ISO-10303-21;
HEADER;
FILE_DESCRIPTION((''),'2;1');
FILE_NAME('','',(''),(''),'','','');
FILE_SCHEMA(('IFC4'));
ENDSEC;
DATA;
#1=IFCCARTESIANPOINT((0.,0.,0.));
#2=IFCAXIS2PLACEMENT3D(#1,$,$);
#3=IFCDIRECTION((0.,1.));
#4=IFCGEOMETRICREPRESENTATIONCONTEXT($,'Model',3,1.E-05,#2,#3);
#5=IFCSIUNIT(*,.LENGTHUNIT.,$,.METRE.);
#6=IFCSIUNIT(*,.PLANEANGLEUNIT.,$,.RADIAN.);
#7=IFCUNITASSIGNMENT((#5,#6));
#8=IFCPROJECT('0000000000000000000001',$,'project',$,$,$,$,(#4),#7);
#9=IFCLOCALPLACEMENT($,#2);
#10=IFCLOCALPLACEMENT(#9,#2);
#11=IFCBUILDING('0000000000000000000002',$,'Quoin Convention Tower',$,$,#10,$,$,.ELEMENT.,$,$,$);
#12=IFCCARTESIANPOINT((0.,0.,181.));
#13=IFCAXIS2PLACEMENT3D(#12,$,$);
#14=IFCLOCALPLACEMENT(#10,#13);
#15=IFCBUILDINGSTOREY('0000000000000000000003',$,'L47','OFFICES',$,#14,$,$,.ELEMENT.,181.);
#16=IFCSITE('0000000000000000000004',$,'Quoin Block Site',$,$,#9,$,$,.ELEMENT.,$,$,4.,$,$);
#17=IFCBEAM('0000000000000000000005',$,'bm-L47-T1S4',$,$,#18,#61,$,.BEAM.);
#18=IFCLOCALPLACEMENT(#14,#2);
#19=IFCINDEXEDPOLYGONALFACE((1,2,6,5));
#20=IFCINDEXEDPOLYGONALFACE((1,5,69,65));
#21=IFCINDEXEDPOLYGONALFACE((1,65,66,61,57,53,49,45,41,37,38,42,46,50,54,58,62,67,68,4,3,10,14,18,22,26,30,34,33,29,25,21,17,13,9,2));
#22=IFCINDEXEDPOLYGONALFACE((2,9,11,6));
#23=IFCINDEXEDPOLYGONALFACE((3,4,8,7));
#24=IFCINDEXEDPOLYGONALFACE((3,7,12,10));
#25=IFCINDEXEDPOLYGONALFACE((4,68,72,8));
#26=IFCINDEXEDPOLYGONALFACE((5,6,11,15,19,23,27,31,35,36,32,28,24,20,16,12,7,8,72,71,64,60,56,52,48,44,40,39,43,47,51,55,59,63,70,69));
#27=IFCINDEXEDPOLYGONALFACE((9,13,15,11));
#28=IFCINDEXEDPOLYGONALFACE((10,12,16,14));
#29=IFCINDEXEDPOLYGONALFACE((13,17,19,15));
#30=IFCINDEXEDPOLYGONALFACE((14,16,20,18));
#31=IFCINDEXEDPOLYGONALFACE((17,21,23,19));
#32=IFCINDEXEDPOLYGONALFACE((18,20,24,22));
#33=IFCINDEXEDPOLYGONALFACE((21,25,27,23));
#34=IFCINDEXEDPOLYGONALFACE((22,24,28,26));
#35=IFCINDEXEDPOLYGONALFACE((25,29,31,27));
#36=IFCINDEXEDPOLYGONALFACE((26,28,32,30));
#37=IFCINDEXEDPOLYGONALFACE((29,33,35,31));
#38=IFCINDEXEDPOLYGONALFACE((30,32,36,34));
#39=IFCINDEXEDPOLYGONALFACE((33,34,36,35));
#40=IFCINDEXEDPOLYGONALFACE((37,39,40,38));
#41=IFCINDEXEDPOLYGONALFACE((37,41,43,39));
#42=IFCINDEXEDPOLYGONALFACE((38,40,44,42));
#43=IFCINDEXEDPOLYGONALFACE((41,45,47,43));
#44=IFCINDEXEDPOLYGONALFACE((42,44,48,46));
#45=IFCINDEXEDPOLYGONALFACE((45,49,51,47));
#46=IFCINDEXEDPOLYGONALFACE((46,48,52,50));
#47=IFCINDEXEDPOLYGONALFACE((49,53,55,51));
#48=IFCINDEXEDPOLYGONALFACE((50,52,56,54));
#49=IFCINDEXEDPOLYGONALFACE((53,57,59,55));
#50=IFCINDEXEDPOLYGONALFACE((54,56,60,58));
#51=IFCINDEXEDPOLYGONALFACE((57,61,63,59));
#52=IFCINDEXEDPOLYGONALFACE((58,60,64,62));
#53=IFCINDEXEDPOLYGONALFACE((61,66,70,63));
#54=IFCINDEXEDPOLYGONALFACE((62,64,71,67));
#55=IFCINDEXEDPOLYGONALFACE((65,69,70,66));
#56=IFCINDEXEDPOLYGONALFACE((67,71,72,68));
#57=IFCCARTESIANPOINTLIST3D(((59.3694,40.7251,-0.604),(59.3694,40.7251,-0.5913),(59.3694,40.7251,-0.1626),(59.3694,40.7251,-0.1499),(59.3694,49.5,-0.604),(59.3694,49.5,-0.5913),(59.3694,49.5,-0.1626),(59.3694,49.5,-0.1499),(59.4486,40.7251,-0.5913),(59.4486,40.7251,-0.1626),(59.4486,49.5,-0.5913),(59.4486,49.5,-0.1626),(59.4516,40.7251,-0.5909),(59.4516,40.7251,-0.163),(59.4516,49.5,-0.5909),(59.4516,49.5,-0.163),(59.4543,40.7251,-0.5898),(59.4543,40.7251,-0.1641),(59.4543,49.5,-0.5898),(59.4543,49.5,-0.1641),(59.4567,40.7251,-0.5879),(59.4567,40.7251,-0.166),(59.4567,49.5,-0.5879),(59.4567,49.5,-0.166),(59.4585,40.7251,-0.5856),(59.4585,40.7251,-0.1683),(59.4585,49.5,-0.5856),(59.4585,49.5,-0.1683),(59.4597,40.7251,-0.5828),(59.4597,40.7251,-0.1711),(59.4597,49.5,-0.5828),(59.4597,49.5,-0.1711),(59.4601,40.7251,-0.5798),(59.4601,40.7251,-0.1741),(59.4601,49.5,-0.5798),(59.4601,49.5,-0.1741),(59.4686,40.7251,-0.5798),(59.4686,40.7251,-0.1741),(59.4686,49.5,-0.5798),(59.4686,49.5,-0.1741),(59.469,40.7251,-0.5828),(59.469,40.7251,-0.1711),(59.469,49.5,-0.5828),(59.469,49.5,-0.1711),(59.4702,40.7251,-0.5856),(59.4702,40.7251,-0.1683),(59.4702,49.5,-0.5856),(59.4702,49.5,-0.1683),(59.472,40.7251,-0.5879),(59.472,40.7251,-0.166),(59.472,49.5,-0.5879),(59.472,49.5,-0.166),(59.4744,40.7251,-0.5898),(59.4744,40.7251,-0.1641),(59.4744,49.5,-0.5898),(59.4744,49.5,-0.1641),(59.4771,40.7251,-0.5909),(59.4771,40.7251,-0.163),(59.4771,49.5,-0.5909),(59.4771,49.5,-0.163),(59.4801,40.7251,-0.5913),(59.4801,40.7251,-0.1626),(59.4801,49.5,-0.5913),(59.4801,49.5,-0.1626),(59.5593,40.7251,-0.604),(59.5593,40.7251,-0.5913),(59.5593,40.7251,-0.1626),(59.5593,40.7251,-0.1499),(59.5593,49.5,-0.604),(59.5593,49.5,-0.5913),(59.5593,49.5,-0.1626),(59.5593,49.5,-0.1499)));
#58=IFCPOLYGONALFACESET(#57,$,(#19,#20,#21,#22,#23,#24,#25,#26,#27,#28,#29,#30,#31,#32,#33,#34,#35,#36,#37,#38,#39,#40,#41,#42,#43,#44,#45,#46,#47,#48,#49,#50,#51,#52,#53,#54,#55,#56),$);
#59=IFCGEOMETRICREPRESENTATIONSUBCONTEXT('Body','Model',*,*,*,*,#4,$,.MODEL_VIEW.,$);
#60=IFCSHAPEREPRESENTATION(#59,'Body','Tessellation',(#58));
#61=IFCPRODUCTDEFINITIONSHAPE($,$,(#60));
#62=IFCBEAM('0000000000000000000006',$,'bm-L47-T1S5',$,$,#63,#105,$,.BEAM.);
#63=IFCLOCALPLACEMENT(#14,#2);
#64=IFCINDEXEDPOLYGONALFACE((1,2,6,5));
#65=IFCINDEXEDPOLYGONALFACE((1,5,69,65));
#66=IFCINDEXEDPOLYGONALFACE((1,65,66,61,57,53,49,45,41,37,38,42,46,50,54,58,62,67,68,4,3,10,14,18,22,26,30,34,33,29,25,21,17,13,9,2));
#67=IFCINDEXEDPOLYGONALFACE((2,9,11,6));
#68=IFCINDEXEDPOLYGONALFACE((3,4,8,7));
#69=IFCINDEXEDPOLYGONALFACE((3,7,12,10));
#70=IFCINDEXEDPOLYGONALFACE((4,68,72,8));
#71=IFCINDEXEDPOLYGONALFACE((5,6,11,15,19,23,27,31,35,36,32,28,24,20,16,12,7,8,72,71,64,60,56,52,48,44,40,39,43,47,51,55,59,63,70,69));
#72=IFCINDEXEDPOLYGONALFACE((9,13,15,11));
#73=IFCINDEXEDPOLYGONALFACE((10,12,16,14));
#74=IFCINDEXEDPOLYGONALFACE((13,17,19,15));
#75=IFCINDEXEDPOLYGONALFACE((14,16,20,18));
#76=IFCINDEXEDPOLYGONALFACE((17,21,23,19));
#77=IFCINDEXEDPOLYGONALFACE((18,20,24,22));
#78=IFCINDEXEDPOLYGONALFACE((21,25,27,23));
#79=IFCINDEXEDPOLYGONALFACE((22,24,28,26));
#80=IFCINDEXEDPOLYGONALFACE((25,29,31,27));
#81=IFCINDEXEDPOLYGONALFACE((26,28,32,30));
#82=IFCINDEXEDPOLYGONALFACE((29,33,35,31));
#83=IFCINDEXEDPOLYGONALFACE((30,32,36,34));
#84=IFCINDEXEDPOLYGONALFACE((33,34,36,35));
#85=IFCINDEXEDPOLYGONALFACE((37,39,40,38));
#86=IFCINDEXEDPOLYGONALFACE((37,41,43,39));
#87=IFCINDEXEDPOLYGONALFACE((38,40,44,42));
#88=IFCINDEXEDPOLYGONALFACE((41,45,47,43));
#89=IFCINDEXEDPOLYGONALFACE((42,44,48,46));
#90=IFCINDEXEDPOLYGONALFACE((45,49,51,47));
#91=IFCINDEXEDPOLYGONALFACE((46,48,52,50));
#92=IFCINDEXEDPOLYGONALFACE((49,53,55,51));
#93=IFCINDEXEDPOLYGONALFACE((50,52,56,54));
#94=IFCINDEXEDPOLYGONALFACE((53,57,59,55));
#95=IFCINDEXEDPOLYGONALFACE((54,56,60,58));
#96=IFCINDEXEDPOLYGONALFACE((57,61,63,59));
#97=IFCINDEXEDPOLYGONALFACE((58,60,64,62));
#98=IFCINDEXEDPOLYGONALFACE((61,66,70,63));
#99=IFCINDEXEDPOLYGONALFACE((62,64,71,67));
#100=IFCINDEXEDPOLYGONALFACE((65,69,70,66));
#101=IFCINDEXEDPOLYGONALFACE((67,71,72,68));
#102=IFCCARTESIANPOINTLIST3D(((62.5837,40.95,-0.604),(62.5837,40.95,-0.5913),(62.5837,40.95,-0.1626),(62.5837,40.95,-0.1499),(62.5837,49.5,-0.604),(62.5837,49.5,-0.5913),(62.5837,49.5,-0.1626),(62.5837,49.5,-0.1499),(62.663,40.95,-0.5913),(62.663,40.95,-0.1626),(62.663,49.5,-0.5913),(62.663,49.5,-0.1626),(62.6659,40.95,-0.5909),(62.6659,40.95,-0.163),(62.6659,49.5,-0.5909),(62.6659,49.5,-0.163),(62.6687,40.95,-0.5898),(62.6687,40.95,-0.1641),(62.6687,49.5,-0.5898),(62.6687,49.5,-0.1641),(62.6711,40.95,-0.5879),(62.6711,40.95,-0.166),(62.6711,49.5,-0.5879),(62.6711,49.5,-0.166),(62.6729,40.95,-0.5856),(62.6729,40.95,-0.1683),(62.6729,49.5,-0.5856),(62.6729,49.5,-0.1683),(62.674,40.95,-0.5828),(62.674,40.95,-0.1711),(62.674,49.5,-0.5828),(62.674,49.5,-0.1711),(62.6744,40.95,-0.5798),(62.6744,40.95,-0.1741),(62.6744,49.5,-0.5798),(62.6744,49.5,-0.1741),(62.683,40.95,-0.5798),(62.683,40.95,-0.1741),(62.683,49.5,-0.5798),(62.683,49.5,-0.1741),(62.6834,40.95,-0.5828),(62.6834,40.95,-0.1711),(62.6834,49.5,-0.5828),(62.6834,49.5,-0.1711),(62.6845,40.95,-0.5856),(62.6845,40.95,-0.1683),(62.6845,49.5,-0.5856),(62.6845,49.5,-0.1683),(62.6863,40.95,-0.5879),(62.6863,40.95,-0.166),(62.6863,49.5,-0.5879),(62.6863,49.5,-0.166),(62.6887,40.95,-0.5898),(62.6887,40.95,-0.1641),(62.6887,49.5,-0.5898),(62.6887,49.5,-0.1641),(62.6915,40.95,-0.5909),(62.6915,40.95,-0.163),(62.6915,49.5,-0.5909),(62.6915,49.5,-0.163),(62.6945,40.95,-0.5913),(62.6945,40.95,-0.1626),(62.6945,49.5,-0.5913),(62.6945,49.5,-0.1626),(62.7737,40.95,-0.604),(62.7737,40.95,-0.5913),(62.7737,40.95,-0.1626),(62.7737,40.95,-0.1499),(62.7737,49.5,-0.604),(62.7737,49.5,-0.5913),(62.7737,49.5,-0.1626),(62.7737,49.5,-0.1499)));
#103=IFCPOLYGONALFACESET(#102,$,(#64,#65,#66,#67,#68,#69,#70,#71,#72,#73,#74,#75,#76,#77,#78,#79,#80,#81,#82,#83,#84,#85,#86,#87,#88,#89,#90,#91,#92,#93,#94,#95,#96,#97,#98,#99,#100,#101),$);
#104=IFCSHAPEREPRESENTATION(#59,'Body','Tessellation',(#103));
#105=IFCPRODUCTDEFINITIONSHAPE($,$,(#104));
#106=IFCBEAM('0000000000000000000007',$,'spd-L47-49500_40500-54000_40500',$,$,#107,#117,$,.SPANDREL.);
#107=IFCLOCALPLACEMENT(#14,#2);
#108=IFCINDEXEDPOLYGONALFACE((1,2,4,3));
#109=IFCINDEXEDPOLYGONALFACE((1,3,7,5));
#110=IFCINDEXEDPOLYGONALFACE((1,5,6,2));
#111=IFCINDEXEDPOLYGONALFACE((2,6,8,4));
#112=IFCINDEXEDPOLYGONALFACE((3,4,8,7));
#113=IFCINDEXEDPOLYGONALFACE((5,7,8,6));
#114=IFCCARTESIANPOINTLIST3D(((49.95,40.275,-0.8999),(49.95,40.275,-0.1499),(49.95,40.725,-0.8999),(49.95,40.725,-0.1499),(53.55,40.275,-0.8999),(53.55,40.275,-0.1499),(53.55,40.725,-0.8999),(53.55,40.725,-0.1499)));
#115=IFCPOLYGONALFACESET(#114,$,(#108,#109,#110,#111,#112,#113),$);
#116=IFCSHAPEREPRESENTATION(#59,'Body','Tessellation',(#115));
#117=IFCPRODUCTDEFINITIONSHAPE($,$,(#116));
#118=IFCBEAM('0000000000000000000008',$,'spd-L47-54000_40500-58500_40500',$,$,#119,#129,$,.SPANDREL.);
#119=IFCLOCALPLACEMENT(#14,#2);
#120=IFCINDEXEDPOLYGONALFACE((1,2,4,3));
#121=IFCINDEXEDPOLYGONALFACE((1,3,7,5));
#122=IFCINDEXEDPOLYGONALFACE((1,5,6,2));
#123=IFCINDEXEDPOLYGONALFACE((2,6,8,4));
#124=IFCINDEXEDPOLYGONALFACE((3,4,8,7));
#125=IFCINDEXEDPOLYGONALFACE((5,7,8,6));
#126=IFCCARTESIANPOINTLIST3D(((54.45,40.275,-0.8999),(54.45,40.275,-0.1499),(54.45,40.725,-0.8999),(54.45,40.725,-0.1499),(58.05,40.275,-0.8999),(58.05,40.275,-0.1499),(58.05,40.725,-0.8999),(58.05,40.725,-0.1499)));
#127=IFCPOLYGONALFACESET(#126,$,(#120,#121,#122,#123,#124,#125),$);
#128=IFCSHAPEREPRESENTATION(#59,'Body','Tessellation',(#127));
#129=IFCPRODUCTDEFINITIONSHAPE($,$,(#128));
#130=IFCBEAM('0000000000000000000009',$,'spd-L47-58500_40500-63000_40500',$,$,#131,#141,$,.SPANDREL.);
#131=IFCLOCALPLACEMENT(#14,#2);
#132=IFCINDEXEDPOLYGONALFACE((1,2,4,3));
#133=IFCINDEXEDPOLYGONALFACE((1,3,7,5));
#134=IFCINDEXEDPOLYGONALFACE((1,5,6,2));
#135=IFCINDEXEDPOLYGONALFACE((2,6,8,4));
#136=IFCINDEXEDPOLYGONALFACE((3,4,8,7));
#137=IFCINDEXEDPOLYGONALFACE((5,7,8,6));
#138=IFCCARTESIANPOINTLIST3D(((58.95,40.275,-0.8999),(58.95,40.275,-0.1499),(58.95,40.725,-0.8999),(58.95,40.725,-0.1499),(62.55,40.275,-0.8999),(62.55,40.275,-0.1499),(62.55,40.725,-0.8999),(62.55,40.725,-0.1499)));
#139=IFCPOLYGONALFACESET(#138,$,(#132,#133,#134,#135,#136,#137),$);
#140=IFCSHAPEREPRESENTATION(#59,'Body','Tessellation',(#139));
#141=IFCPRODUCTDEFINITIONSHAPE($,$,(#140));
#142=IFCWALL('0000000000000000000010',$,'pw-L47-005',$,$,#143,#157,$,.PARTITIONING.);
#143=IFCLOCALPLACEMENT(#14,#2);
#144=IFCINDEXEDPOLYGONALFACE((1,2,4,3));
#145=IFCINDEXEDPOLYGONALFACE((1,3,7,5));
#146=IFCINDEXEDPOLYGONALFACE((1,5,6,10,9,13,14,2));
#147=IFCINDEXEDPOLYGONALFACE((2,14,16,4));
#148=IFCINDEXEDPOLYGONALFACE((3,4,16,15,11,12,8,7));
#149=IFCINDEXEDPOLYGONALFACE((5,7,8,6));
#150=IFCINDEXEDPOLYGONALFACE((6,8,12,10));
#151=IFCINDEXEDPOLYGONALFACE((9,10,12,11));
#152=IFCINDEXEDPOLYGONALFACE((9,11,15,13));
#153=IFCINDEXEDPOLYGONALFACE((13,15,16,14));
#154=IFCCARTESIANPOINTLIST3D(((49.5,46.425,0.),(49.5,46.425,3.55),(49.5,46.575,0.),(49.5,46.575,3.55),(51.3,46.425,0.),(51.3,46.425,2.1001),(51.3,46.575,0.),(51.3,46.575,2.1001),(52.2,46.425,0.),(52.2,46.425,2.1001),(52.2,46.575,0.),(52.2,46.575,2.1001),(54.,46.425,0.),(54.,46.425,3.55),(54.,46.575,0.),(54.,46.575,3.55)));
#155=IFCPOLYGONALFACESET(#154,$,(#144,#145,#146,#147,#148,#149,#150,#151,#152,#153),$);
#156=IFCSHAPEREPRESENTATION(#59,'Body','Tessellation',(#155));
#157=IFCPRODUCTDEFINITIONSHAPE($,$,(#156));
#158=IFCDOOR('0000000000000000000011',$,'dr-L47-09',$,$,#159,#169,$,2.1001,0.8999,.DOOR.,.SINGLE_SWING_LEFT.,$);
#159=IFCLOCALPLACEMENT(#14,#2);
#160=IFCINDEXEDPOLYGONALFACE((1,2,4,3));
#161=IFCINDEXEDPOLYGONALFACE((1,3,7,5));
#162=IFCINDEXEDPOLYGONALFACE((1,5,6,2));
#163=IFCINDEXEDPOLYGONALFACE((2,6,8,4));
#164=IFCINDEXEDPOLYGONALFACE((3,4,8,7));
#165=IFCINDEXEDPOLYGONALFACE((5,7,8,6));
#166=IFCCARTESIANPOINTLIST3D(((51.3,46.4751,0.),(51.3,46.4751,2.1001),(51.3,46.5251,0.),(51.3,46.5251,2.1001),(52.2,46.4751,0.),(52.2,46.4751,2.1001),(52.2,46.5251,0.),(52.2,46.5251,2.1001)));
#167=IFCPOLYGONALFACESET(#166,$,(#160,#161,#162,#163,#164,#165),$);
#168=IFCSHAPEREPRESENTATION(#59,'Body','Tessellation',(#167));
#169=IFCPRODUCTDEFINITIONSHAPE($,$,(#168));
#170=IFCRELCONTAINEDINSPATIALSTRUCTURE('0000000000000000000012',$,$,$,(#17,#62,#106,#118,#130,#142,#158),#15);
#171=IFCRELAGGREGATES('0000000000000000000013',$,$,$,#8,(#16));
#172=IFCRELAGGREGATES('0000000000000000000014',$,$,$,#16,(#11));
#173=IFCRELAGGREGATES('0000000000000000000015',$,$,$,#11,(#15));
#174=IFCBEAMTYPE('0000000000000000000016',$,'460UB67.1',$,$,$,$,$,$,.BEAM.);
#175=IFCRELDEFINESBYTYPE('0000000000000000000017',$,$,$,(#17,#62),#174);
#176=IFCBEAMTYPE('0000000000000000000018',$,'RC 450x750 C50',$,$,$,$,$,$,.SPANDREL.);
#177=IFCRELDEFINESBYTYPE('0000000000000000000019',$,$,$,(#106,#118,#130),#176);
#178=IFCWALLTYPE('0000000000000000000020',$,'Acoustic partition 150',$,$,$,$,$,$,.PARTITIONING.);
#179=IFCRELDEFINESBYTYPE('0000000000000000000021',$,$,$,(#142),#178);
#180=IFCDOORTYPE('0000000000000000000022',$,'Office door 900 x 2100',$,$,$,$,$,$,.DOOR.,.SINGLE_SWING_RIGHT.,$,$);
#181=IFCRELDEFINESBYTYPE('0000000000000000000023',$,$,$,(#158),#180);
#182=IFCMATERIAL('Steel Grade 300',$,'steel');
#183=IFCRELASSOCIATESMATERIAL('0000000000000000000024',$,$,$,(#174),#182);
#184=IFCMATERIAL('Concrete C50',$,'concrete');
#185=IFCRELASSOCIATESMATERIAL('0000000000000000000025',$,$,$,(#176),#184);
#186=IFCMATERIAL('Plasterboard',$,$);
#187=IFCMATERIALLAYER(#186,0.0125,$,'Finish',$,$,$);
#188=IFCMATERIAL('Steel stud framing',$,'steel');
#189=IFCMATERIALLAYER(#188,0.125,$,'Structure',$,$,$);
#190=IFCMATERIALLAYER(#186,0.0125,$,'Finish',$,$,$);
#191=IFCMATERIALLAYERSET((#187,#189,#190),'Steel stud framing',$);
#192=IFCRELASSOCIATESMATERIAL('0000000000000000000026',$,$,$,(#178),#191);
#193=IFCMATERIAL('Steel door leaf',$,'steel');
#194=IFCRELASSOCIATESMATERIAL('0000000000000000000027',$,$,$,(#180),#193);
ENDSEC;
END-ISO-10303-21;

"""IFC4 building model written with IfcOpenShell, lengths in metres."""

from ifc_helpers import new_model, si_unit, direction, frame, frame_2d, origin, origin_2d, place, context, subcontext, project, spatial, rectangle, i_section, extrude, material, layer, layer_set, material_profile, profile_set, type_object, element, fill, save


model = new_model("IFC4")

# Units and contexts
model_context = context("Model", 3, precision=1e-05, world=origin(), true_north=direction((0.0, 1.0)))
body_context = subcontext(model_context, "Body", "Model", "MODEL_VIEW")
ifc_project = project(units=[si_unit("LENGTHUNIT", "METRE"), si_unit("PLANEANGLEUNIT", "RADIAN")], contexts=[model_context])

# Site, building, storey
site_placement = place(None, origin())
site = spatial("IfcSite", under=ifc_project, at=site_placement, Name="Quoin Block Site", CompositionType="ELEMENT", RefElevation=4.0)
building_placement = place(site_placement, origin())
building = spatial("IfcBuilding", under=site, at=building_placement, Name="Quoin Convention Tower", CompositionType="ELEMENT")
storey_placement = place(building_placement, frame((0.0, 0.0, 181.0)))
storey = spatial("IfcBuildingStorey", under=building, at=storey_placement, Name="L47", Description="OFFICES", CompositionType="ELEMENT", Elevation=181.0)

# Shared definitions
ifc_material_1 = material(Name="Concrete C50", Category="concrete")

# Beams
ifc_material_2 = material(Name="Steel Grade 300", Category="steel")
ifc_material_profile_1 = material_profile(ifc_material_2, i_section(OverallWidth=0.1899, OverallDepth=0.4541, WebThickness=0.0085, FlangeThickness=0.0127, FilletRadius=0.0115, at=origin_2d()), Name="460UB67.1")
ifc_profile_set_1 = profile_set([ifc_material_profile_1], Name="Steel Grade 300")
beam_type_1 = type_object("IfcBeamType", Name="460UB67.1", PredefinedType="BEAM", material=ifc_profile_set_1)
for number, where, z_axis, x_axis, name in (
    (1, (59.4644, 40.7251, -0.377), (0.0, 1.0, 0.0), (-1.0, 0.0, 0.0), "bm-L47-T1S4"),
):
    element("IfcBeam", number, at=place(storey_placement, frame(where, z_axis=z_axis, x_axis=x_axis)), inside=storey, type_object=beam_type_1, Name=name, PredefinedType="BEAM", context=body_context, shape_type="SweptSolid", body=[
        extrude(i_section(OverallWidth=0.1899, OverallDepth=0.4541, WebThickness=0.0085, FlangeThickness=0.0127, FilletRadius=0.0115, at=origin_2d()), origin(), (0.0, 0.0, 1.0), 8.7749),
    ])
beam_1_placement = place(storey_placement, frame((62.6787, 40.95, -0.377), z_axis=(0.0, 1.0, 0.0), x_axis=(-1.0, 0.0, 0.0)))
element("IfcBeam", 2, at=beam_1_placement, inside=storey, type_object=beam_type_1, Name="bm-L47-T1S5", PredefinedType="BEAM", context=body_context, shape_type="SweptSolid", body=[
    extrude(i_section(OverallWidth=0.1899, OverallDepth=0.4541, WebThickness=0.0085, FlangeThickness=0.0127, FilletRadius=0.0115, at=origin_2d()), origin(), (0.0, 0.0, 1.0), 8.55),
])
ifc_material_profile_2 = material_profile(ifc_material_1, rectangle(XDim=0.45, YDim=0.75, at=origin_2d()), Name="RC 450x750")
ifc_profile_set_2 = profile_set([ifc_material_profile_2], Name="Concrete C50")
beam_type_2 = type_object("IfcBeamType", Name="RC 450x750 C50", PredefinedType="SPANDREL", material=ifc_profile_set_2)
for number, where, z_axis, x_axis, name in (
    (3, (49.95, 40.5, -0.5249), (1.0, 0.0, 0.0), (0.0, 1.0, 0.0), "spd-L47-49500_40500-54000_40500"),
    (4, (54.45, 40.5, -0.5249), (1.0, 0.0, 0.0), (0.0, 1.0, 0.0), "spd-L47-54000_40500-58500_40500"),
    (5, (58.95, 40.5, -0.5249), (1.0, 0.0, 0.0), (0.0, 1.0, 0.0), "spd-L47-58500_40500-63000_40500"),
):
    element("IfcBeam", number, at=place(storey_placement, frame(where, z_axis=z_axis, x_axis=x_axis)), inside=storey, type_object=beam_type_2, Name=name, PredefinedType="SPANDREL", context=body_context, shape_type="SweptSolid", body=[
        extrude(rectangle(XDim=0.45, YDim=0.75, at=origin_2d()), origin(), (0.0, 0.0, 1.0), 3.6001),
    ])

# Wall, opening, door
ifc_material_3 = material(Name="Plasterboard")
ifc_layer_1 = layer(ifc_material_3, 0.0125, Name="Finish")
ifc_material_4 = material(Name="Steel stud framing", Category="steel")
ifc_layer_2 = layer(ifc_material_4, 0.125, Name="Structure")
ifc_layer_3 = layer(ifc_material_3, 0.0125, Name="Finish")
ifc_layer_set_1 = layer_set([ifc_layer_1, ifc_layer_2, ifc_layer_3], Name="Steel stud framing")
wall_type_1 = type_object("IfcWallType", Name="Acoustic partition 150", PredefinedType="PARTITIONING", material=ifc_layer_set_1)
wall_1_placement = place(storey_placement, frame((49.5, 46.5, 0.0), z_axis=(0.0, 0.0, 1.0), x_axis=(1.0, 0.0, 0.0)))
wall_1 = element("IfcWall", 6, at=wall_1_placement, inside=storey, type_object=wall_type_1, Name="pw-L47-005", PredefinedType="PARTITIONING", context=body_context, shape_type="SweptSolid", body=[
    extrude(rectangle(XDim=4.5, YDim=0.1499, at=frame_2d((2.25, 0.0))), origin(), (0.0, 0.0, 1.0), 3.55),
])
opening_1_placement = place(wall_1_placement, frame((1.8, 0.0, 0.0)))
opening_1 = element("IfcOpeningElement", 7, at=opening_1_placement, cuts=wall_1, PredefinedType="OPENING", context=body_context, shape_type="SweptSolid", body=[
    extrude(rectangle(XDim=0.8999, YDim=2.1001, at=frame_2d((0.45, 1.05))), frame((0.0, 0.085, 0.0), z_axis=(0.0, -1.0, 0.0), x_axis=(1.0, 0.0, 0.0)), (0.0, 0.0, 1.0), 0.1699),
])
ifc_material_5 = material(Name="Steel door leaf", Category="steel")
door_type = type_object("IfcDoorType", Name="Office door 900 x 2100", OperationType="SINGLE_SWING_RIGHT", PredefinedType="DOOR", material=ifc_material_5)
door_1_placement = place(opening_1_placement, frame((0.8999, 0.0, 0.0), z_axis=(0.0, 0.0, 1.0), x_axis=(-1.0, 0.0, 0.0)))
door_1 = element("IfcDoor", 8, at=door_1_placement, inside=storey, type_object=door_type, Name="dr-L47-09", OperationType="SINGLE_SWING_LEFT", OverallHeight=2.1001, OverallWidth=0.8999, PredefinedType="DOOR", context=body_context, shape_type="SweptSolid", body=[
    extrude(rectangle(XDim=0.8999, YDim=2.1001, at=frame_2d((0.45, 1.05))), frame((0.0, 0.0249, 0.0), z_axis=(0.0, -1.0, 0.0), x_axis=(1.0, 0.0, 0.0)), (0.0, 0.0, 1.0), 0.05),
])
fill(opening_1, door_1)

save(model, "model.ifc")
